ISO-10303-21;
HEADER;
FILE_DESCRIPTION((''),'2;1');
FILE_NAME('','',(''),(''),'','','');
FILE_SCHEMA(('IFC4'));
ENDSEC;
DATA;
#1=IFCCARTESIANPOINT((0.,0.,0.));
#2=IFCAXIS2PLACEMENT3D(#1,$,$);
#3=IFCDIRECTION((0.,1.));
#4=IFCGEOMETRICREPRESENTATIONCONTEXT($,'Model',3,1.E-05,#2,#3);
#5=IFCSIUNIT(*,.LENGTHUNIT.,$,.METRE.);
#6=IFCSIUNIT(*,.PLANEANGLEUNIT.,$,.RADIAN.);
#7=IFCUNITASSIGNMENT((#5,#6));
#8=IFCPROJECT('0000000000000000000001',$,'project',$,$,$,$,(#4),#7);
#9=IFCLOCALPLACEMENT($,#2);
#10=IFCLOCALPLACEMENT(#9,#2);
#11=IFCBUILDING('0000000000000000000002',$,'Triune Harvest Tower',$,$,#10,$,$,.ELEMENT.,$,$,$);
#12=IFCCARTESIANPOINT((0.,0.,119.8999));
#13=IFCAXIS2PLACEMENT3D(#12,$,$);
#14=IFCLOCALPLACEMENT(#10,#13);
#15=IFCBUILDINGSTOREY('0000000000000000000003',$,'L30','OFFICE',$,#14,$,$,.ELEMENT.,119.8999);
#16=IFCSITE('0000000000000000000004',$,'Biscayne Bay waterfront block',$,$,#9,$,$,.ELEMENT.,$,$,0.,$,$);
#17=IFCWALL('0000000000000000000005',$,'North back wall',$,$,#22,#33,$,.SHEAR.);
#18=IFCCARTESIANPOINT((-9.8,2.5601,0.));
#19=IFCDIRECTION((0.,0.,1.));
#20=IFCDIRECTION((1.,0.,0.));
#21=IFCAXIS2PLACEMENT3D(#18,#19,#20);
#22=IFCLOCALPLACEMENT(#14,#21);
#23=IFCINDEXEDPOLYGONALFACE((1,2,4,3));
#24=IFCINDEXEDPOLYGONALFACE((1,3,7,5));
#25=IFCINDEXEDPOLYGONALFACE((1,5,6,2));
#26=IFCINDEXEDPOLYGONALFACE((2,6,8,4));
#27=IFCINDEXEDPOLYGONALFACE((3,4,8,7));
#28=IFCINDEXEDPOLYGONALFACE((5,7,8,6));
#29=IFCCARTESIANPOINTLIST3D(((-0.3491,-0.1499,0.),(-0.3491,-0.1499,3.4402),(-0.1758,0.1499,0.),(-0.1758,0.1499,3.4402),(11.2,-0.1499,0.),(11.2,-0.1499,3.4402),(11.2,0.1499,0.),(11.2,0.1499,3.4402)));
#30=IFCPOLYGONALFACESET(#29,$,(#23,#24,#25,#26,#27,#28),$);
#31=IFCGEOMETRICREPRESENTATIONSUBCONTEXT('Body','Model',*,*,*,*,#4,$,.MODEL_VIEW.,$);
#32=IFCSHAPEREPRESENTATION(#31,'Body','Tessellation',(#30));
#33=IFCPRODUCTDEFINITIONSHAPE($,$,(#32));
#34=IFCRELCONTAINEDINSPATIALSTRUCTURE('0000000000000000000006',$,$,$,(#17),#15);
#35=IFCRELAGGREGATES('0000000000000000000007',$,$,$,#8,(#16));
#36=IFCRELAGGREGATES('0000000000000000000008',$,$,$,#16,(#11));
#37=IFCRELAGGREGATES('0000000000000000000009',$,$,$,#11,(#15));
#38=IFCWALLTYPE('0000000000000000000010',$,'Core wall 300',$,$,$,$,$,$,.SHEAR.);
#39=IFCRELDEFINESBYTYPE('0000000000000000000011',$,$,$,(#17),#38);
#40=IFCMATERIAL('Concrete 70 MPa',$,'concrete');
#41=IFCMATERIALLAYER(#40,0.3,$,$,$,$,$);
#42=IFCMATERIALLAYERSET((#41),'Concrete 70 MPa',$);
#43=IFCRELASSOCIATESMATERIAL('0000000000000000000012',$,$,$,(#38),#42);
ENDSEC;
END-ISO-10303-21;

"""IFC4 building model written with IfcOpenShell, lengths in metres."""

from ifc_helpers import new_model, si_unit, direction, frame, origin, place, context, subcontext, project, spatial, polyline, outline, extrude, source, transform, mapped, material, layer, layer_set, type_object, element, save


model = new_model("IFC4")

# Units and contexts
model_context = context("Model", 3, precision=1e-05, world=origin(), true_north=direction((0.0, 1.0)))
body_context = subcontext(model_context, "Body", "Model", "MODEL_VIEW")
ifc_project = project(units=[si_unit("LENGTHUNIT", "METRE"), si_unit("PLANEANGLEUNIT", "RADIAN")], contexts=[model_context])

# Site, building, storey
site_placement = place(None, origin())
site = spatial("IfcSite", under=ifc_project, at=site_placement, Name="Biscayne Bay waterfront block", CompositionType="ELEMENT", RefElevation=0.0)
building_placement = place(site_placement, origin())
building = spatial("IfcBuilding", under=site, at=building_placement, Name="Triune Harvest Tower", CompositionType="ELEMENT")
storey_placement = place(building_placement, frame((0.0, 0.0, 119.8999)))
storey = spatial("IfcBuildingStorey", under=building, at=storey_placement, Name="L30", Description="OFFICE", CompositionType="ELEMENT", Elevation=119.8999)

# Shared definitions
ifc_material_1 = material(Name="Concrete 70 MPa", Category="concrete")
ifc_layer_1 = layer(ifc_material_1, 0.3)
ifc_layer_set_1 = layer_set([ifc_layer_1], Name="Concrete 70 MPa")
wall_type_1 = type_object("IfcWallType", Name="Core wall 300", PredefinedType="SHEAR", material=ifc_layer_set_1)

# Wall
shared_shape_1 = source(origin(), body_context, "Body", "SweptSolid", [
    extrude(outline(polyline([(11.2, -0.1499), (-0.3491, -0.1499), (-0.1758, 0.1499), (11.2, 0.1499), (11.2, -0.1499)])), origin(), (0.0, 0.0, 1.0), 3.4402),
])
wall_1_placement = place(storey_placement, frame((-9.8, 2.5601, 0.0), z_axis=(0.0, 0.0, 1.0), x_axis=(1.0, 0.0, 0.0)))
element("IfcWall", 1, at=wall_1_placement, inside=storey, type_object=wall_type_1, Name="North back wall", PredefinedType="SHEAR", context=body_context, shape_type="MappedRepresentation", body=[
    mapped(shared_shape_1, transform((0.0, 0.0, 0.0), scale=1.0)),
])

save(model, "model.ifc")
